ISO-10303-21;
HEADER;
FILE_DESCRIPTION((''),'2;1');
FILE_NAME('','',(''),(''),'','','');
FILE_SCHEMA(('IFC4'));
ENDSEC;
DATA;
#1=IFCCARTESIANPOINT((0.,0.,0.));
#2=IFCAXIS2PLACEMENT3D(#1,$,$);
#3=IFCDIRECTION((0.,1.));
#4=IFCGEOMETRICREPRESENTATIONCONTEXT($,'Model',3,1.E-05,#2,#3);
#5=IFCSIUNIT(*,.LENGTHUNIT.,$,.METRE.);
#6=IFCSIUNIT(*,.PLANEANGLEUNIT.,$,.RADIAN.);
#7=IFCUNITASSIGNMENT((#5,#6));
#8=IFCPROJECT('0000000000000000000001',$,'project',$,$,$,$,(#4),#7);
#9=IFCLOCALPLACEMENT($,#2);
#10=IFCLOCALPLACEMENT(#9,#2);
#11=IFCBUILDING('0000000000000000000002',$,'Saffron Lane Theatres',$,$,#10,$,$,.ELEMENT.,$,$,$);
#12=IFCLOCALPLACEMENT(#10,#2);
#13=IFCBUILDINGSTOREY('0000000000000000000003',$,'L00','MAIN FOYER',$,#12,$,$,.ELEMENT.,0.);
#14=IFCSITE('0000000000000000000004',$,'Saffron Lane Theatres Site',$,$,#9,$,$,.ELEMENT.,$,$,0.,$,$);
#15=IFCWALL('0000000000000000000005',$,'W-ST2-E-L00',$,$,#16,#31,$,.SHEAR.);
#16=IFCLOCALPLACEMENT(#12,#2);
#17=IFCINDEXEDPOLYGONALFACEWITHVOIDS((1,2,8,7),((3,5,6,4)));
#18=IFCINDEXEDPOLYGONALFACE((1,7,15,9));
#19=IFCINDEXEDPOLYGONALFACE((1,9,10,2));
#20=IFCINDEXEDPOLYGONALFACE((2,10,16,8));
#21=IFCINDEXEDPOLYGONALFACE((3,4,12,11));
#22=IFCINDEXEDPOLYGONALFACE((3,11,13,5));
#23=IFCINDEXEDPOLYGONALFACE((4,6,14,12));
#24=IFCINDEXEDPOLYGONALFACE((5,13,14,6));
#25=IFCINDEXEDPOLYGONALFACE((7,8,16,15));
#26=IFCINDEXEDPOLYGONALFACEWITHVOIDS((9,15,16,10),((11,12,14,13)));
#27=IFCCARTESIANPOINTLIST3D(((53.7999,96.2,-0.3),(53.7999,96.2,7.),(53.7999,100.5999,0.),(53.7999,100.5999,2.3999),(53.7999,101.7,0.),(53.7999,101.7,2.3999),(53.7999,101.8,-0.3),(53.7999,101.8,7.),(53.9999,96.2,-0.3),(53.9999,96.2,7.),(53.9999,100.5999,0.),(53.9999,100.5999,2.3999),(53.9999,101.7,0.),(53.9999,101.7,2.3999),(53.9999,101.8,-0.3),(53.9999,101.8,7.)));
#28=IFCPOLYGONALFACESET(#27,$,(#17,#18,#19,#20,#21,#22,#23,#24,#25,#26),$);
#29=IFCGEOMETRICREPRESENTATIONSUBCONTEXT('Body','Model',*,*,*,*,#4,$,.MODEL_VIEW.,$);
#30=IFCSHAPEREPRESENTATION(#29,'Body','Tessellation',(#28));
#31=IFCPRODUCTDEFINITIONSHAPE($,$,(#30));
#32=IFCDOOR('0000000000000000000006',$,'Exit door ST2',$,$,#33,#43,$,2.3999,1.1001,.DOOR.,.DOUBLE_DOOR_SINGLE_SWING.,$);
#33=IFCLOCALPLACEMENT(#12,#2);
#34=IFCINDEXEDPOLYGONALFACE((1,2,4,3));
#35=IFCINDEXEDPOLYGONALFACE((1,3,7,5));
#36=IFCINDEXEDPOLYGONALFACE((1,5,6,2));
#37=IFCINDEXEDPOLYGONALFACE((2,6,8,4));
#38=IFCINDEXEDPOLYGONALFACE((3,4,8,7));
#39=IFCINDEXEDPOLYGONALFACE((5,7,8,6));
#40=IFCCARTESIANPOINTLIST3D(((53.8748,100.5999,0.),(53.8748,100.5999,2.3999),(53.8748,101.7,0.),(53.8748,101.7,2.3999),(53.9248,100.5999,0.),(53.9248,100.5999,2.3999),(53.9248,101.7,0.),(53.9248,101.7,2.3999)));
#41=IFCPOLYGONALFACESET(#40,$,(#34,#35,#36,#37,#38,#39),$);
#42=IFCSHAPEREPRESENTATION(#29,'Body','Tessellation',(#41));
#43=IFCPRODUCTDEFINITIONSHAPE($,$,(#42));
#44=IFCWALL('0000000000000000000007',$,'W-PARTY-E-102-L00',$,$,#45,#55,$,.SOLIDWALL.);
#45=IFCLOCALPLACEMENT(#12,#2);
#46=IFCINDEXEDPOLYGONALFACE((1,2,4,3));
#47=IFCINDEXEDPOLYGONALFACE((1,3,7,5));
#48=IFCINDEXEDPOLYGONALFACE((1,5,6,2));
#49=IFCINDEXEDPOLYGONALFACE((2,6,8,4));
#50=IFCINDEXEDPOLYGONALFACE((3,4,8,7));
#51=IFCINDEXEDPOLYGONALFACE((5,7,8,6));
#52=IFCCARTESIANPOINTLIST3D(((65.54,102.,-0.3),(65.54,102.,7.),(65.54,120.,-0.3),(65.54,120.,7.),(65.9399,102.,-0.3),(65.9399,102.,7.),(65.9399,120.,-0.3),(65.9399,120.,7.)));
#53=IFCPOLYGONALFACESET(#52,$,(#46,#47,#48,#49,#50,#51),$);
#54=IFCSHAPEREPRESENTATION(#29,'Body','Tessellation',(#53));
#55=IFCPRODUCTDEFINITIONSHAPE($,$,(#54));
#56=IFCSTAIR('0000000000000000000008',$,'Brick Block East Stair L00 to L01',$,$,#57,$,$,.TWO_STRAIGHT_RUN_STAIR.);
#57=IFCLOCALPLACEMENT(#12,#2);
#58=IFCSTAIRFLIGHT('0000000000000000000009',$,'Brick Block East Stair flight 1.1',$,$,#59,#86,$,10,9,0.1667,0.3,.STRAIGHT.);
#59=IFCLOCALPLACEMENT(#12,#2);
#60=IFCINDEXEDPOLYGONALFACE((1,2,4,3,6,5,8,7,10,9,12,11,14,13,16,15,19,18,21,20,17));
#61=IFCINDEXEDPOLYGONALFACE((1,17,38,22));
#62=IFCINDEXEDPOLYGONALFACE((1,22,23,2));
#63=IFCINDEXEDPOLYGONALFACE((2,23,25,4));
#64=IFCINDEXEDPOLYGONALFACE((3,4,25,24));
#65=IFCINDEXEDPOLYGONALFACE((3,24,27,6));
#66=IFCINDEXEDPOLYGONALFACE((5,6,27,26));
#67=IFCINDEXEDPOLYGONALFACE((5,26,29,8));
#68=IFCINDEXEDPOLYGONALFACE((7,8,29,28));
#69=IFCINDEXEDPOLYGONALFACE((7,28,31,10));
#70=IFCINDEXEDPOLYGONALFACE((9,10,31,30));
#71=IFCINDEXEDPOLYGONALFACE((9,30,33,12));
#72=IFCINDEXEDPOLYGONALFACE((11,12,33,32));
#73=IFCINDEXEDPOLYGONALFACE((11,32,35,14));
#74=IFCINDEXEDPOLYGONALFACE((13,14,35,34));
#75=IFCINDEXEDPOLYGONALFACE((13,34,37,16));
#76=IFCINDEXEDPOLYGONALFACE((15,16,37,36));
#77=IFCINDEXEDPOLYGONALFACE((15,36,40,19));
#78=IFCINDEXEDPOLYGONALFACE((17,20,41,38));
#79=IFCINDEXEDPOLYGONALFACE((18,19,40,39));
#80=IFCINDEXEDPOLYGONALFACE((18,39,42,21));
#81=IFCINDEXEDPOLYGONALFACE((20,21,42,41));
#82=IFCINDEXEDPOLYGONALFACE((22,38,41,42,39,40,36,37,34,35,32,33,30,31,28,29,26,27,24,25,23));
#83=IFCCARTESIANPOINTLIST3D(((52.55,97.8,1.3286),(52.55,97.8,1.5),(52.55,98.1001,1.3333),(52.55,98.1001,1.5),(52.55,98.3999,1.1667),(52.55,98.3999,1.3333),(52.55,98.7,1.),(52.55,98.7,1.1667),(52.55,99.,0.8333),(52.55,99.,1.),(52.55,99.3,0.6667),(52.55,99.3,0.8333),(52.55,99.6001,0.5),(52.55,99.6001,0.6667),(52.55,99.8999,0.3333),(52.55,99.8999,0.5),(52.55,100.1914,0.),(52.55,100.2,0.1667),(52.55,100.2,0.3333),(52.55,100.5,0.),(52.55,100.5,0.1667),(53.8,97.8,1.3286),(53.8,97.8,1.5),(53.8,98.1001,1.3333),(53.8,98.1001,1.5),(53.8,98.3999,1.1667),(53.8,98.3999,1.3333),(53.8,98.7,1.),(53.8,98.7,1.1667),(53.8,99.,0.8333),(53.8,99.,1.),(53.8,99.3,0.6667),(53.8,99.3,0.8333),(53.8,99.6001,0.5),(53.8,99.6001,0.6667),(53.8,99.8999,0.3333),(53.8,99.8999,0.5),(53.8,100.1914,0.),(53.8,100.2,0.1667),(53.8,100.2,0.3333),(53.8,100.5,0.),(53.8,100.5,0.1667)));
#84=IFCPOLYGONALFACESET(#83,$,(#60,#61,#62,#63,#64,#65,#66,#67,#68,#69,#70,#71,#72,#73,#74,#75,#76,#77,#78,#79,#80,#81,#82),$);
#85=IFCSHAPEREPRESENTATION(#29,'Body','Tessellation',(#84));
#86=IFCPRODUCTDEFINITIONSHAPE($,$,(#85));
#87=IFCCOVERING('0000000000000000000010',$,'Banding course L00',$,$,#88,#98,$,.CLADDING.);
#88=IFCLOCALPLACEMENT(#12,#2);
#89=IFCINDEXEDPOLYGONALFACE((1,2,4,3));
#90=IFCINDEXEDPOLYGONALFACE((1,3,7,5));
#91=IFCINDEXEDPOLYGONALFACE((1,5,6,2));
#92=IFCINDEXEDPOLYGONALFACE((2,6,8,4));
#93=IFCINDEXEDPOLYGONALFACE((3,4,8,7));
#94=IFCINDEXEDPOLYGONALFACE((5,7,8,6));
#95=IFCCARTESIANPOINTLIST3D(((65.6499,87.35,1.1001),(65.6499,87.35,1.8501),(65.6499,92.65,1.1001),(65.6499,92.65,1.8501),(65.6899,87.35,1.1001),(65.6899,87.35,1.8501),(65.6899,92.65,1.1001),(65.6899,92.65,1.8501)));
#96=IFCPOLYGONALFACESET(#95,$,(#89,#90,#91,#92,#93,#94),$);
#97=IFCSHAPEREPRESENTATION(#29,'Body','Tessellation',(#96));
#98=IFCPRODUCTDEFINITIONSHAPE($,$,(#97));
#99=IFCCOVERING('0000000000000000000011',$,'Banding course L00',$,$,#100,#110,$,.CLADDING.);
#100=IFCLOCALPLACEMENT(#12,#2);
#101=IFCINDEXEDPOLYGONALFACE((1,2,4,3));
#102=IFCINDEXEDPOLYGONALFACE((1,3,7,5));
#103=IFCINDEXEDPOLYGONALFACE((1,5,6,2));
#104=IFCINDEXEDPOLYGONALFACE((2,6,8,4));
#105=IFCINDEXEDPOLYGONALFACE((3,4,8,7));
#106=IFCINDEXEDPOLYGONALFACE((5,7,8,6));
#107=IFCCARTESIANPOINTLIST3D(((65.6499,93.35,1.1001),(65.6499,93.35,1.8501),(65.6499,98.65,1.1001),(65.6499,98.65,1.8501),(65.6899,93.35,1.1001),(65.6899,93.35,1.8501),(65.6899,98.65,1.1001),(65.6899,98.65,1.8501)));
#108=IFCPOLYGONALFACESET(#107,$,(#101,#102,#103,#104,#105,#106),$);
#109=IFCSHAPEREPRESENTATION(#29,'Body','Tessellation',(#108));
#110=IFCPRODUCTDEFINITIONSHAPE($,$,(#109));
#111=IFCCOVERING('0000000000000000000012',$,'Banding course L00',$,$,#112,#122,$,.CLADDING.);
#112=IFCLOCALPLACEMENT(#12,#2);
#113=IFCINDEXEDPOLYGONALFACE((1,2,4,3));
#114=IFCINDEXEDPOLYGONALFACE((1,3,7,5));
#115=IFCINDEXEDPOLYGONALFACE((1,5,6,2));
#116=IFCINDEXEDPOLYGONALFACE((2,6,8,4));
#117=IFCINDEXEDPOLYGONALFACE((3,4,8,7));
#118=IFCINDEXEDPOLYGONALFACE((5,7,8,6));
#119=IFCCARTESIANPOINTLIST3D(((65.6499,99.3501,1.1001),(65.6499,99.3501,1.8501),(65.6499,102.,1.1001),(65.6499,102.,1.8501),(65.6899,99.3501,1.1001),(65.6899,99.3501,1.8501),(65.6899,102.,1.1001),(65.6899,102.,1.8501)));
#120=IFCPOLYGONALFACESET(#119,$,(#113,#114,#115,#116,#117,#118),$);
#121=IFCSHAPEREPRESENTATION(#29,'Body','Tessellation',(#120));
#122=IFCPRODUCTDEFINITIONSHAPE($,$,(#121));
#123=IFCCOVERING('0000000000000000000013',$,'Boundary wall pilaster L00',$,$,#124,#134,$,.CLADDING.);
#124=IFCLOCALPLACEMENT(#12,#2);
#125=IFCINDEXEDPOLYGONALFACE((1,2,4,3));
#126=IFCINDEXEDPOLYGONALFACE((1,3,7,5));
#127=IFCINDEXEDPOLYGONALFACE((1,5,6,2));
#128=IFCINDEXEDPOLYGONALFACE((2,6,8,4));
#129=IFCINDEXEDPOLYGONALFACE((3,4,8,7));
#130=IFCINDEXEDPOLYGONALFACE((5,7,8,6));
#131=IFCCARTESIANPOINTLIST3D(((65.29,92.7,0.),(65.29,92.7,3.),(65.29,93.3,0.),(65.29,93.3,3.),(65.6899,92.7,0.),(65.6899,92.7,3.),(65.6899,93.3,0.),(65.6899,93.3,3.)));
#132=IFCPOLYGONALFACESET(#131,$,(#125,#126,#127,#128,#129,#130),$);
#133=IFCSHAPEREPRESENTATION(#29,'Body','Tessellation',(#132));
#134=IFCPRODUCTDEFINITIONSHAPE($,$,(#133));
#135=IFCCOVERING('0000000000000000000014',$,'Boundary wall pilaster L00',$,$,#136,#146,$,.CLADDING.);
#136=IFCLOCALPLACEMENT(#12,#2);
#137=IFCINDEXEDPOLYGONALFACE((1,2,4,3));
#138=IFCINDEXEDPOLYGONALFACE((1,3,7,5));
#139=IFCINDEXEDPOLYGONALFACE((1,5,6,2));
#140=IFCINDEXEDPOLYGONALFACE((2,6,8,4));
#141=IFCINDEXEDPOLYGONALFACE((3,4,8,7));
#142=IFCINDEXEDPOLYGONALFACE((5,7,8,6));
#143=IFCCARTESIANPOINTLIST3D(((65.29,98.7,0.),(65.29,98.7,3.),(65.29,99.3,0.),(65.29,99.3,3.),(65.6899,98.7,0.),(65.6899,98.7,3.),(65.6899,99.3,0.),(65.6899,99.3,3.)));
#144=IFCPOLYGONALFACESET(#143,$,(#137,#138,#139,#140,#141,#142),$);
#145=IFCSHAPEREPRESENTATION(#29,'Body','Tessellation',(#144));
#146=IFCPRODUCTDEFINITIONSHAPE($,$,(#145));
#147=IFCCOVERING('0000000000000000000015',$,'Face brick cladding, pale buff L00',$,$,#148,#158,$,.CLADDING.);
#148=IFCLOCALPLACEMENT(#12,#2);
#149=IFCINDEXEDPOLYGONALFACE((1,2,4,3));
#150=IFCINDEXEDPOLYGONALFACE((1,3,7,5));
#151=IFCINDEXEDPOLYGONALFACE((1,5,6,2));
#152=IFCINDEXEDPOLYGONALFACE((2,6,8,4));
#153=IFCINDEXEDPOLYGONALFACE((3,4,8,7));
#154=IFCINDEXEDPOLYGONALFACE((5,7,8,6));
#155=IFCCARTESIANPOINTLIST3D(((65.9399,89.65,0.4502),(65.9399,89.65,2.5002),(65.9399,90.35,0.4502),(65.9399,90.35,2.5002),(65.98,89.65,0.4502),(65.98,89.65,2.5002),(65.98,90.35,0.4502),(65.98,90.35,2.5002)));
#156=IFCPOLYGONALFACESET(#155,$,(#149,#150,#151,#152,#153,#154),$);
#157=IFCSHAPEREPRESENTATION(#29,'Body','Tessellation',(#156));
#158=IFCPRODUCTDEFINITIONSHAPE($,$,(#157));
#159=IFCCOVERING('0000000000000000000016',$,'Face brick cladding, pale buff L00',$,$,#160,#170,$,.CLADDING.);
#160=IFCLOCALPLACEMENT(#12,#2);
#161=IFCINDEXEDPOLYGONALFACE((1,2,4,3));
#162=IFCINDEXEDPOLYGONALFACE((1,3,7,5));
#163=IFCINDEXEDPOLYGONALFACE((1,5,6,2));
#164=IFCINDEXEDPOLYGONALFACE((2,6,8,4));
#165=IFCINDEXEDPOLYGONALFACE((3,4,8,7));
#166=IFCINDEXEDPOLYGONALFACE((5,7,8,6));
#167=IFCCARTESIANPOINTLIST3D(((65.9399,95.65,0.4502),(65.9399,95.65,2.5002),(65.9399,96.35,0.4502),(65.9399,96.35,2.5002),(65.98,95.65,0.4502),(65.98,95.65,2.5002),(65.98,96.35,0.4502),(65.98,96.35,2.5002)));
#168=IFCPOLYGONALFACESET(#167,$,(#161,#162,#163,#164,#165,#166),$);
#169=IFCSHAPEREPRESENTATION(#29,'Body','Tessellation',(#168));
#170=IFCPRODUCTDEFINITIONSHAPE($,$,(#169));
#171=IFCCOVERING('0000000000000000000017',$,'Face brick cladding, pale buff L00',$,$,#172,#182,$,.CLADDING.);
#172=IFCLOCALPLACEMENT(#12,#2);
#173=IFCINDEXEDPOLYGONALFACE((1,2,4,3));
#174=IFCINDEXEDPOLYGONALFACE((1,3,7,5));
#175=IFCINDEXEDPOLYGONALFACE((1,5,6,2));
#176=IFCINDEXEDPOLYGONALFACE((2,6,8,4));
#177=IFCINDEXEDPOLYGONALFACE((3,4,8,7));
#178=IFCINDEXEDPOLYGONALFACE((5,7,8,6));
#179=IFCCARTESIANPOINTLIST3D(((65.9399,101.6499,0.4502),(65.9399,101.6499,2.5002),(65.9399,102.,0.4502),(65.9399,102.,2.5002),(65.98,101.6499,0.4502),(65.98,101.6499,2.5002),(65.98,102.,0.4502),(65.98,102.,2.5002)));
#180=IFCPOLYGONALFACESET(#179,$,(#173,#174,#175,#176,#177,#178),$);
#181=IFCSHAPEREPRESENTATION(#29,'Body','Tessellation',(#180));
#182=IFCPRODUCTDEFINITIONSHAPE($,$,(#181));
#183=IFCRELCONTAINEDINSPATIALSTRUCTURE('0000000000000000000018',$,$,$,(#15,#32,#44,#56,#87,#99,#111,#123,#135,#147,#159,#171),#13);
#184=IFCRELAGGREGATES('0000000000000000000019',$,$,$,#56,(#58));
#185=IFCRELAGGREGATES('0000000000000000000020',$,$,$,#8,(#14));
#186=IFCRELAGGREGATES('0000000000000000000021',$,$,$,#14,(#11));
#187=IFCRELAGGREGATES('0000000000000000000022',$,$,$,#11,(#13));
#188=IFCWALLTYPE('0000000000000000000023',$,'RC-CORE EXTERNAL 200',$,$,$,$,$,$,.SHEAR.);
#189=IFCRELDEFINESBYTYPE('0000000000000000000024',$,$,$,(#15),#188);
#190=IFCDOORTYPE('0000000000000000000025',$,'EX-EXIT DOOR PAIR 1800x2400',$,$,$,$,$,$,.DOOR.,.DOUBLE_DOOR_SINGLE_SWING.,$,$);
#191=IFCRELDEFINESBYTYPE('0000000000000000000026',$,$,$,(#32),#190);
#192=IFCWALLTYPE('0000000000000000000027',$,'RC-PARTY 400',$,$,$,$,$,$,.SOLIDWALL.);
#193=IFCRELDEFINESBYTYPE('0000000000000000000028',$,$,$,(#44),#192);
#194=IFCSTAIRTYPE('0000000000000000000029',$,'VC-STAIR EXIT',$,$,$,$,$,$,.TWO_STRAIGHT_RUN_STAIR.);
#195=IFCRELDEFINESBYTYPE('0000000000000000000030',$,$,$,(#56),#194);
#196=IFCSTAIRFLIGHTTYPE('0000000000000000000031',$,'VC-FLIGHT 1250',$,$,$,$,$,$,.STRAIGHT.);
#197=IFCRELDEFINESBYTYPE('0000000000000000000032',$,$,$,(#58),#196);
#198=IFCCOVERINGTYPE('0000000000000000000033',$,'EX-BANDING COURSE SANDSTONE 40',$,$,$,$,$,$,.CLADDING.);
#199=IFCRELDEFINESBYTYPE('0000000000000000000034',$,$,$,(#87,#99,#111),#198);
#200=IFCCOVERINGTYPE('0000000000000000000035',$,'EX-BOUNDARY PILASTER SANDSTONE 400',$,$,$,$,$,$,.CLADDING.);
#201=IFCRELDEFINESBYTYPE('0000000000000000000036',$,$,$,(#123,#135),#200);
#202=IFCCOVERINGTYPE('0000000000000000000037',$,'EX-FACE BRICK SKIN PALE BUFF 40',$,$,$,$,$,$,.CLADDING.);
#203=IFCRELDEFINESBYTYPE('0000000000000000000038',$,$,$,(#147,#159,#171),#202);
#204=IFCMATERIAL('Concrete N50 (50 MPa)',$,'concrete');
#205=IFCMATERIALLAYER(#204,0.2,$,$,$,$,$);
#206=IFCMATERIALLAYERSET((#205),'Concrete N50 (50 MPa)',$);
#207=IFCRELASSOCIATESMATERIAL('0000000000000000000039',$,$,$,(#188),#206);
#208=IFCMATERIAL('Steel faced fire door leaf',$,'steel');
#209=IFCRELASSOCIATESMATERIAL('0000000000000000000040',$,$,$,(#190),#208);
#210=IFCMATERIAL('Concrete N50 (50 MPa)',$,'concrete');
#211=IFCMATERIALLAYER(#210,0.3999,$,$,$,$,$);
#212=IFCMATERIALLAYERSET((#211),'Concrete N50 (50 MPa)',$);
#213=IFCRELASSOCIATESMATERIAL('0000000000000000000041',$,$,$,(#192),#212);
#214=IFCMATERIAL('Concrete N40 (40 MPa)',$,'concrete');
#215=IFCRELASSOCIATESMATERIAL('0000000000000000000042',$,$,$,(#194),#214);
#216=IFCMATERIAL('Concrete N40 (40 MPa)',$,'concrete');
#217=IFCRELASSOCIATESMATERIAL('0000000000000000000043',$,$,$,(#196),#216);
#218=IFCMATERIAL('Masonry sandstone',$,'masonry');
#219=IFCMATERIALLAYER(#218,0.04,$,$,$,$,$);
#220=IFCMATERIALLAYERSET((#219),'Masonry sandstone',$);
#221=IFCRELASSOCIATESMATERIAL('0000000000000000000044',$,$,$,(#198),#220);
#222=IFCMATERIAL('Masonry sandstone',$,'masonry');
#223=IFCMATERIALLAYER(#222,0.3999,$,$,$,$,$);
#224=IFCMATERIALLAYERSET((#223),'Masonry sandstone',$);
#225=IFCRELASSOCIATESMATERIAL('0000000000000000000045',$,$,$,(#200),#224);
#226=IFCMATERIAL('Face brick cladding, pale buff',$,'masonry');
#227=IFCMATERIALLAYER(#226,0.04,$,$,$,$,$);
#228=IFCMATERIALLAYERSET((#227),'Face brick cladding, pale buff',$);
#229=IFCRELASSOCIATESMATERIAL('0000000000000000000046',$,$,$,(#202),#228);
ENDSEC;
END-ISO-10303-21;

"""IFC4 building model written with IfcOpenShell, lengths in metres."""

from ifc_helpers import new_model, si_unit, direction, frame, frame_2d, origin, origin_2d, place, context, subcontext, project, spatial, polyline, rectangle, outline, extrude, material, layer, layer_set, type_object, element, fill, aggregate, save


model = new_model("IFC4")

# Units and contexts
model_context = context("Model", 3, precision=1e-05, world=origin(), true_north=direction((0.0, 1.0)))
body_context = subcontext(model_context, "Body", "Model", "MODEL_VIEW")
ifc_project = project(units=[si_unit("LENGTHUNIT", "METRE"), si_unit("PLANEANGLEUNIT", "RADIAN")], contexts=[model_context])

# Site, building, storey
site_placement = place(None, origin())
site = spatial("IfcSite", under=ifc_project, at=site_placement, Name="Saffron Lane Theatres Site", CompositionType="ELEMENT", RefElevation=0.0)
building_placement = place(site_placement, origin())
building = spatial("IfcBuilding", under=site, at=building_placement, Name="Saffron Lane Theatres", CompositionType="ELEMENT")
storey_placement = place(building_placement, origin())
storey = spatial("IfcBuildingStorey", under=building, at=storey_placement, Name="L00", Description="MAIN FOYER", CompositionType="ELEMENT", Elevation=0.0)

# Wall, opening, door
ifc_material_1 = material(Name="Concrete N50 (50 MPa)", Category="concrete")
ifc_layer_1 = layer(ifc_material_1, 0.2)
ifc_layer_set_1 = layer_set([ifc_layer_1], Name="Concrete N50 (50 MPa)")
wall_type_1 = type_object("IfcWallType", Name="RC-CORE EXTERNAL 200", PredefinedType="SHEAR", material=ifc_layer_set_1)
wall_1_placement = place(storey_placement, frame((53.8999, 96.2, -0.3), z_axis=(0.0, 0.0, 1.0), x_axis=(0.0, 1.0, 0.0)))
wall_1 = element("IfcWall", 1, at=wall_1_placement, inside=storey, type_object=wall_type_1, Name="W-ST2-E-L00", PredefinedType="SHEAR", context=body_context, shape_type="SweptSolid", body=[
    extrude(rectangle(XDim=5.6001, YDim=0.2, at=frame_2d((2.8, 0.0))), origin(), (0.0, 0.0, 1.0), 7.3),
])
opening_placement = place(wall_1_placement, frame((4.3999, 0.0, 0.3)))
opening = element("IfcOpeningElement", 2, at=opening_placement, cuts=wall_1, PredefinedType="OPENING", context=body_context, shape_type="SweptSolid", body=[
    extrude(rectangle(XDim=1.1001, YDim=2.3999, at=frame_2d((0.55, 1.2))), frame((0.0, 0.1099, 0.0), z_axis=(0.0, -1.0, 0.0), x_axis=(1.0, 0.0, 0.0)), (0.0, 0.0, 1.0), 0.22),
])
ifc_material_2 = material(Name="Steel faced fire door leaf", Category="steel")
door_type = type_object("IfcDoorType", Name="EX-EXIT DOOR PAIR 1800x2400", OperationType="DOUBLE_DOOR_SINGLE_SWING", PredefinedType="DOOR", material=ifc_material_2)
door_placement = place(opening_placement, frame((1.1001, 0.0, 0.0), z_axis=(0.0, 0.0, 1.0), x_axis=(-1.0, 0.0, 0.0)))
door = element("IfcDoor", 3, at=door_placement, inside=storey, type_object=door_type, Name="Exit door ST2", OperationType="DOUBLE_DOOR_SINGLE_SWING", OverallHeight=2.3999, OverallWidth=1.1001, PredefinedType="DOOR", context=body_context, shape_type="SweptSolid", body=[
    extrude(rectangle(XDim=1.1001, YDim=2.3999, at=frame_2d((0.55, 1.2))), frame((0.0, 0.0249, 0.0), z_axis=(0.0, -1.0, 0.0), x_axis=(1.0, 0.0, 0.0)), (0.0, 0.0, 1.0), 0.05),
])
fill(opening, door)

# Wall
ifc_material_3 = material(Name="Concrete N50 (50 MPa)", Category="concrete")
ifc_layer_2 = layer(ifc_material_3, 0.3999)
ifc_layer_set_2 = layer_set([ifc_layer_2], Name="Concrete N50 (50 MPa)")
wall_type_2 = type_object("IfcWallType", Name="RC-PARTY 400", PredefinedType="SOLIDWALL", material=ifc_layer_set_2)
wall_2_placement = place(storey_placement, frame((65.74, 102.0, -0.3), z_axis=(0.0, 0.0, 1.0), x_axis=(0.0, 1.0, 0.0)))
element("IfcWall", 4, at=wall_2_placement, inside=storey, type_object=wall_type_2, Name="W-PARTY-E-102-L00", PredefinedType="SOLIDWALL", context=body_context, shape_type="SweptSolid", body=[
    extrude(rectangle(XDim=18.0, YDim=0.3999, at=frame_2d((9.0, 0.0))), origin(), (0.0, 0.0, 1.0), 7.3),
])

# Stair, stair flight
ifc_material_4 = material(Name="Concrete N40 (40 MPa)", Category="concrete")
stair_type = type_object("IfcStairType", Name="VC-STAIR EXIT", PredefinedType="TWO_STRAIGHT_RUN_STAIR", material=ifc_material_4)
stair_placement = place(storey_placement, origin())
stair = element("IfcStair", 5, at=stair_placement, inside=storey, type_object=stair_type, Name="Brick Block East Stair L00 to L01", PredefinedType="TWO_STRAIGHT_RUN_STAIR")
ifc_material_5 = material(Name="Concrete N40 (40 MPa)", Category="concrete")
stair_flight_type = type_object("IfcStairFlightType", Name="VC-FLIGHT 1250", PredefinedType="STRAIGHT", material=ifc_material_5)
stair_flight_placement = place(storey_placement, frame((53.175, 100.5, 0.0), z_axis=(0.0, 0.0, 1.0), x_axis=(0.0, -1.0, 0.0)))
stair_flight = element("IfcStairFlight", 6, at=stair_flight_placement, type_object=stair_flight_type, Name="Brick Block East Stair flight 1.1", NumberOfRisers=10, NumberOfTreads=9, PredefinedType="STRAIGHT", RiserHeight=0.1667, TreadLength=0.3, context=body_context, shape_type="SweptSolid", body=[
    extrude(outline(polyline([(0.0, 0.0), (0.0, 0.1667), (0.3, 0.1667), (0.3, 0.3333), (0.6001, 0.3333), (0.6001, 0.5), (0.8999, 0.5), (0.8999, 0.6667), (1.2, 0.6667), (1.2, 0.8333), (1.5, 0.8333), (1.5, 1.0), (1.8, 1.0), (1.8, 1.1667), (2.1001, 1.1667), (2.1001, 1.3333), (2.3999, 1.3333), (2.3999, 1.5), (2.7, 1.5), (2.7, 1.6667), (2.7, 1.3286), (0.3086, 0.0), (0.0, 0.0)])), frame((0.0, 0.625, 0.0), z_axis=(0.0, -1.0, 0.0), x_axis=(1.0, 0.0, 0.0)), (0.0, 0.0, 1.0), 1.25),
])
aggregate(stair, [stair_flight])

# Coverings
ifc_material_6 = material(Name="Masonry sandstone", Category="masonry")
ifc_layer_3 = layer(ifc_material_6, 0.04)
ifc_layer_set_3 = layer_set([ifc_layer_3], Name="Masonry sandstone")
covering_type_1 = type_object("IfcCoveringType", Name="EX-BANDING COURSE SANDSTONE 40", PredefinedType="CLADDING", material=ifc_layer_set_3)
for number, where, z_axis, x_axis, name in (
    (7, (65.6699, 90.0, 1.1001), (0.0, 0.0, 1.0), (0.0, 1.0, 0.0), "Banding course L00"),
    (8, (65.6699, 96.0, 1.1001), (0.0, 0.0, 1.0), (0.0, 1.0, 0.0), "Banding course L00"),
):
    element("IfcCovering", number, at=place(storey_placement, frame(where, z_axis=z_axis, x_axis=x_axis)), inside=storey, type_object=covering_type_1, Name=name, PredefinedType="CLADDING", context=body_context, shape_type="SweptSolid", body=[
        extrude(rectangle(XDim=5.3, YDim=0.04, at=origin_2d()), origin(), (0.0, 0.0, 1.0), 0.75),
    ])
covering_1_placement = place(storey_placement, frame((65.6699, 100.675, 1.1001), z_axis=(0.0, 0.0, 1.0), x_axis=(0.0, 1.0, 0.0)))
element("IfcCovering", 9, at=covering_1_placement, inside=storey, type_object=covering_type_1, Name="Banding course L00", PredefinedType="CLADDING", context=body_context, shape_type="SweptSolid", body=[
    extrude(rectangle(XDim=2.6499, YDim=0.04, at=origin_2d()), origin(), (0.0, 0.0, 1.0), 0.75),
])
ifc_material_7 = material(Name="Masonry sandstone", Category="masonry")
ifc_layer_4 = layer(ifc_material_7, 0.3999)
ifc_layer_set_4 = layer_set([ifc_layer_4], Name="Masonry sandstone")
covering_type_2 = type_object("IfcCoveringType", Name="EX-BOUNDARY PILASTER SANDSTONE 400", PredefinedType="CLADDING", material=ifc_layer_set_4)
for number, where, z_axis, x_axis, name in (
    (10, (65.49, 93.0, 0.0), (0.0, 0.0, 1.0), (0.0, 1.0, 0.0), "Boundary wall pilaster L00"),
    (11, (65.49, 99.0, 0.0), (0.0, 0.0, 1.0), (0.0, 1.0, 0.0), "Boundary wall pilaster L00"),
):
    element("IfcCovering", number, at=place(storey_placement, frame(where, z_axis=z_axis, x_axis=x_axis)), inside=storey, type_object=covering_type_2, Name=name, PredefinedType="CLADDING", context=body_context, shape_type="SweptSolid", body=[
        extrude(rectangle(XDim=0.6001, YDim=0.3999, at=origin_2d()), origin(), (0.0, 0.0, 1.0), 3.0),
    ])
ifc_material_8 = material(Name="Face brick cladding, pale buff", Category="masonry")
ifc_layer_5 = layer(ifc_material_8, 0.04)
ifc_layer_set_5 = layer_set([ifc_layer_5], Name="Face brick cladding, pale buff")
covering_type_3 = type_object("IfcCoveringType", Name="EX-FACE BRICK SKIN PALE BUFF 40", PredefinedType="CLADDING", material=ifc_layer_set_5)
for number, where, z_axis, x_axis, name in (
    (12, (65.96, 90.0, 0.4502), (0.0, 0.0, 1.0), (0.0, 1.0, 0.0), "Face brick cladding, pale buff L00"),
    (13, (65.96, 96.0, 0.4502), (0.0, 0.0, 1.0), (0.0, 1.0, 0.0), "Face brick cladding, pale buff L00"),
):
    element("IfcCovering", number, at=place(storey_placement, frame(where, z_axis=z_axis, x_axis=x_axis)), inside=storey, type_object=covering_type_3, Name=name, PredefinedType="CLADDING", context=body_context, shape_type="SweptSolid", body=[
        extrude(rectangle(XDim=0.7, YDim=0.04, at=origin_2d()), origin(), (0.0, 0.0, 1.0), 2.05),
    ])
covering_2_placement = place(storey_placement, frame((65.96, 101.825, 0.4502), z_axis=(0.0, 0.0, 1.0), x_axis=(0.0, 1.0, 0.0)))
element("IfcCovering", 14, at=covering_2_placement, inside=storey, type_object=covering_type_3, Name="Face brick cladding, pale buff L00", PredefinedType="CLADDING", context=body_context, shape_type="SweptSolid", body=[
    extrude(rectangle(XDim=0.3501, YDim=0.04, at=origin_2d()), origin(), (0.0, 0.0, 1.0), 2.05),
])

save(model, "model.ifc")
